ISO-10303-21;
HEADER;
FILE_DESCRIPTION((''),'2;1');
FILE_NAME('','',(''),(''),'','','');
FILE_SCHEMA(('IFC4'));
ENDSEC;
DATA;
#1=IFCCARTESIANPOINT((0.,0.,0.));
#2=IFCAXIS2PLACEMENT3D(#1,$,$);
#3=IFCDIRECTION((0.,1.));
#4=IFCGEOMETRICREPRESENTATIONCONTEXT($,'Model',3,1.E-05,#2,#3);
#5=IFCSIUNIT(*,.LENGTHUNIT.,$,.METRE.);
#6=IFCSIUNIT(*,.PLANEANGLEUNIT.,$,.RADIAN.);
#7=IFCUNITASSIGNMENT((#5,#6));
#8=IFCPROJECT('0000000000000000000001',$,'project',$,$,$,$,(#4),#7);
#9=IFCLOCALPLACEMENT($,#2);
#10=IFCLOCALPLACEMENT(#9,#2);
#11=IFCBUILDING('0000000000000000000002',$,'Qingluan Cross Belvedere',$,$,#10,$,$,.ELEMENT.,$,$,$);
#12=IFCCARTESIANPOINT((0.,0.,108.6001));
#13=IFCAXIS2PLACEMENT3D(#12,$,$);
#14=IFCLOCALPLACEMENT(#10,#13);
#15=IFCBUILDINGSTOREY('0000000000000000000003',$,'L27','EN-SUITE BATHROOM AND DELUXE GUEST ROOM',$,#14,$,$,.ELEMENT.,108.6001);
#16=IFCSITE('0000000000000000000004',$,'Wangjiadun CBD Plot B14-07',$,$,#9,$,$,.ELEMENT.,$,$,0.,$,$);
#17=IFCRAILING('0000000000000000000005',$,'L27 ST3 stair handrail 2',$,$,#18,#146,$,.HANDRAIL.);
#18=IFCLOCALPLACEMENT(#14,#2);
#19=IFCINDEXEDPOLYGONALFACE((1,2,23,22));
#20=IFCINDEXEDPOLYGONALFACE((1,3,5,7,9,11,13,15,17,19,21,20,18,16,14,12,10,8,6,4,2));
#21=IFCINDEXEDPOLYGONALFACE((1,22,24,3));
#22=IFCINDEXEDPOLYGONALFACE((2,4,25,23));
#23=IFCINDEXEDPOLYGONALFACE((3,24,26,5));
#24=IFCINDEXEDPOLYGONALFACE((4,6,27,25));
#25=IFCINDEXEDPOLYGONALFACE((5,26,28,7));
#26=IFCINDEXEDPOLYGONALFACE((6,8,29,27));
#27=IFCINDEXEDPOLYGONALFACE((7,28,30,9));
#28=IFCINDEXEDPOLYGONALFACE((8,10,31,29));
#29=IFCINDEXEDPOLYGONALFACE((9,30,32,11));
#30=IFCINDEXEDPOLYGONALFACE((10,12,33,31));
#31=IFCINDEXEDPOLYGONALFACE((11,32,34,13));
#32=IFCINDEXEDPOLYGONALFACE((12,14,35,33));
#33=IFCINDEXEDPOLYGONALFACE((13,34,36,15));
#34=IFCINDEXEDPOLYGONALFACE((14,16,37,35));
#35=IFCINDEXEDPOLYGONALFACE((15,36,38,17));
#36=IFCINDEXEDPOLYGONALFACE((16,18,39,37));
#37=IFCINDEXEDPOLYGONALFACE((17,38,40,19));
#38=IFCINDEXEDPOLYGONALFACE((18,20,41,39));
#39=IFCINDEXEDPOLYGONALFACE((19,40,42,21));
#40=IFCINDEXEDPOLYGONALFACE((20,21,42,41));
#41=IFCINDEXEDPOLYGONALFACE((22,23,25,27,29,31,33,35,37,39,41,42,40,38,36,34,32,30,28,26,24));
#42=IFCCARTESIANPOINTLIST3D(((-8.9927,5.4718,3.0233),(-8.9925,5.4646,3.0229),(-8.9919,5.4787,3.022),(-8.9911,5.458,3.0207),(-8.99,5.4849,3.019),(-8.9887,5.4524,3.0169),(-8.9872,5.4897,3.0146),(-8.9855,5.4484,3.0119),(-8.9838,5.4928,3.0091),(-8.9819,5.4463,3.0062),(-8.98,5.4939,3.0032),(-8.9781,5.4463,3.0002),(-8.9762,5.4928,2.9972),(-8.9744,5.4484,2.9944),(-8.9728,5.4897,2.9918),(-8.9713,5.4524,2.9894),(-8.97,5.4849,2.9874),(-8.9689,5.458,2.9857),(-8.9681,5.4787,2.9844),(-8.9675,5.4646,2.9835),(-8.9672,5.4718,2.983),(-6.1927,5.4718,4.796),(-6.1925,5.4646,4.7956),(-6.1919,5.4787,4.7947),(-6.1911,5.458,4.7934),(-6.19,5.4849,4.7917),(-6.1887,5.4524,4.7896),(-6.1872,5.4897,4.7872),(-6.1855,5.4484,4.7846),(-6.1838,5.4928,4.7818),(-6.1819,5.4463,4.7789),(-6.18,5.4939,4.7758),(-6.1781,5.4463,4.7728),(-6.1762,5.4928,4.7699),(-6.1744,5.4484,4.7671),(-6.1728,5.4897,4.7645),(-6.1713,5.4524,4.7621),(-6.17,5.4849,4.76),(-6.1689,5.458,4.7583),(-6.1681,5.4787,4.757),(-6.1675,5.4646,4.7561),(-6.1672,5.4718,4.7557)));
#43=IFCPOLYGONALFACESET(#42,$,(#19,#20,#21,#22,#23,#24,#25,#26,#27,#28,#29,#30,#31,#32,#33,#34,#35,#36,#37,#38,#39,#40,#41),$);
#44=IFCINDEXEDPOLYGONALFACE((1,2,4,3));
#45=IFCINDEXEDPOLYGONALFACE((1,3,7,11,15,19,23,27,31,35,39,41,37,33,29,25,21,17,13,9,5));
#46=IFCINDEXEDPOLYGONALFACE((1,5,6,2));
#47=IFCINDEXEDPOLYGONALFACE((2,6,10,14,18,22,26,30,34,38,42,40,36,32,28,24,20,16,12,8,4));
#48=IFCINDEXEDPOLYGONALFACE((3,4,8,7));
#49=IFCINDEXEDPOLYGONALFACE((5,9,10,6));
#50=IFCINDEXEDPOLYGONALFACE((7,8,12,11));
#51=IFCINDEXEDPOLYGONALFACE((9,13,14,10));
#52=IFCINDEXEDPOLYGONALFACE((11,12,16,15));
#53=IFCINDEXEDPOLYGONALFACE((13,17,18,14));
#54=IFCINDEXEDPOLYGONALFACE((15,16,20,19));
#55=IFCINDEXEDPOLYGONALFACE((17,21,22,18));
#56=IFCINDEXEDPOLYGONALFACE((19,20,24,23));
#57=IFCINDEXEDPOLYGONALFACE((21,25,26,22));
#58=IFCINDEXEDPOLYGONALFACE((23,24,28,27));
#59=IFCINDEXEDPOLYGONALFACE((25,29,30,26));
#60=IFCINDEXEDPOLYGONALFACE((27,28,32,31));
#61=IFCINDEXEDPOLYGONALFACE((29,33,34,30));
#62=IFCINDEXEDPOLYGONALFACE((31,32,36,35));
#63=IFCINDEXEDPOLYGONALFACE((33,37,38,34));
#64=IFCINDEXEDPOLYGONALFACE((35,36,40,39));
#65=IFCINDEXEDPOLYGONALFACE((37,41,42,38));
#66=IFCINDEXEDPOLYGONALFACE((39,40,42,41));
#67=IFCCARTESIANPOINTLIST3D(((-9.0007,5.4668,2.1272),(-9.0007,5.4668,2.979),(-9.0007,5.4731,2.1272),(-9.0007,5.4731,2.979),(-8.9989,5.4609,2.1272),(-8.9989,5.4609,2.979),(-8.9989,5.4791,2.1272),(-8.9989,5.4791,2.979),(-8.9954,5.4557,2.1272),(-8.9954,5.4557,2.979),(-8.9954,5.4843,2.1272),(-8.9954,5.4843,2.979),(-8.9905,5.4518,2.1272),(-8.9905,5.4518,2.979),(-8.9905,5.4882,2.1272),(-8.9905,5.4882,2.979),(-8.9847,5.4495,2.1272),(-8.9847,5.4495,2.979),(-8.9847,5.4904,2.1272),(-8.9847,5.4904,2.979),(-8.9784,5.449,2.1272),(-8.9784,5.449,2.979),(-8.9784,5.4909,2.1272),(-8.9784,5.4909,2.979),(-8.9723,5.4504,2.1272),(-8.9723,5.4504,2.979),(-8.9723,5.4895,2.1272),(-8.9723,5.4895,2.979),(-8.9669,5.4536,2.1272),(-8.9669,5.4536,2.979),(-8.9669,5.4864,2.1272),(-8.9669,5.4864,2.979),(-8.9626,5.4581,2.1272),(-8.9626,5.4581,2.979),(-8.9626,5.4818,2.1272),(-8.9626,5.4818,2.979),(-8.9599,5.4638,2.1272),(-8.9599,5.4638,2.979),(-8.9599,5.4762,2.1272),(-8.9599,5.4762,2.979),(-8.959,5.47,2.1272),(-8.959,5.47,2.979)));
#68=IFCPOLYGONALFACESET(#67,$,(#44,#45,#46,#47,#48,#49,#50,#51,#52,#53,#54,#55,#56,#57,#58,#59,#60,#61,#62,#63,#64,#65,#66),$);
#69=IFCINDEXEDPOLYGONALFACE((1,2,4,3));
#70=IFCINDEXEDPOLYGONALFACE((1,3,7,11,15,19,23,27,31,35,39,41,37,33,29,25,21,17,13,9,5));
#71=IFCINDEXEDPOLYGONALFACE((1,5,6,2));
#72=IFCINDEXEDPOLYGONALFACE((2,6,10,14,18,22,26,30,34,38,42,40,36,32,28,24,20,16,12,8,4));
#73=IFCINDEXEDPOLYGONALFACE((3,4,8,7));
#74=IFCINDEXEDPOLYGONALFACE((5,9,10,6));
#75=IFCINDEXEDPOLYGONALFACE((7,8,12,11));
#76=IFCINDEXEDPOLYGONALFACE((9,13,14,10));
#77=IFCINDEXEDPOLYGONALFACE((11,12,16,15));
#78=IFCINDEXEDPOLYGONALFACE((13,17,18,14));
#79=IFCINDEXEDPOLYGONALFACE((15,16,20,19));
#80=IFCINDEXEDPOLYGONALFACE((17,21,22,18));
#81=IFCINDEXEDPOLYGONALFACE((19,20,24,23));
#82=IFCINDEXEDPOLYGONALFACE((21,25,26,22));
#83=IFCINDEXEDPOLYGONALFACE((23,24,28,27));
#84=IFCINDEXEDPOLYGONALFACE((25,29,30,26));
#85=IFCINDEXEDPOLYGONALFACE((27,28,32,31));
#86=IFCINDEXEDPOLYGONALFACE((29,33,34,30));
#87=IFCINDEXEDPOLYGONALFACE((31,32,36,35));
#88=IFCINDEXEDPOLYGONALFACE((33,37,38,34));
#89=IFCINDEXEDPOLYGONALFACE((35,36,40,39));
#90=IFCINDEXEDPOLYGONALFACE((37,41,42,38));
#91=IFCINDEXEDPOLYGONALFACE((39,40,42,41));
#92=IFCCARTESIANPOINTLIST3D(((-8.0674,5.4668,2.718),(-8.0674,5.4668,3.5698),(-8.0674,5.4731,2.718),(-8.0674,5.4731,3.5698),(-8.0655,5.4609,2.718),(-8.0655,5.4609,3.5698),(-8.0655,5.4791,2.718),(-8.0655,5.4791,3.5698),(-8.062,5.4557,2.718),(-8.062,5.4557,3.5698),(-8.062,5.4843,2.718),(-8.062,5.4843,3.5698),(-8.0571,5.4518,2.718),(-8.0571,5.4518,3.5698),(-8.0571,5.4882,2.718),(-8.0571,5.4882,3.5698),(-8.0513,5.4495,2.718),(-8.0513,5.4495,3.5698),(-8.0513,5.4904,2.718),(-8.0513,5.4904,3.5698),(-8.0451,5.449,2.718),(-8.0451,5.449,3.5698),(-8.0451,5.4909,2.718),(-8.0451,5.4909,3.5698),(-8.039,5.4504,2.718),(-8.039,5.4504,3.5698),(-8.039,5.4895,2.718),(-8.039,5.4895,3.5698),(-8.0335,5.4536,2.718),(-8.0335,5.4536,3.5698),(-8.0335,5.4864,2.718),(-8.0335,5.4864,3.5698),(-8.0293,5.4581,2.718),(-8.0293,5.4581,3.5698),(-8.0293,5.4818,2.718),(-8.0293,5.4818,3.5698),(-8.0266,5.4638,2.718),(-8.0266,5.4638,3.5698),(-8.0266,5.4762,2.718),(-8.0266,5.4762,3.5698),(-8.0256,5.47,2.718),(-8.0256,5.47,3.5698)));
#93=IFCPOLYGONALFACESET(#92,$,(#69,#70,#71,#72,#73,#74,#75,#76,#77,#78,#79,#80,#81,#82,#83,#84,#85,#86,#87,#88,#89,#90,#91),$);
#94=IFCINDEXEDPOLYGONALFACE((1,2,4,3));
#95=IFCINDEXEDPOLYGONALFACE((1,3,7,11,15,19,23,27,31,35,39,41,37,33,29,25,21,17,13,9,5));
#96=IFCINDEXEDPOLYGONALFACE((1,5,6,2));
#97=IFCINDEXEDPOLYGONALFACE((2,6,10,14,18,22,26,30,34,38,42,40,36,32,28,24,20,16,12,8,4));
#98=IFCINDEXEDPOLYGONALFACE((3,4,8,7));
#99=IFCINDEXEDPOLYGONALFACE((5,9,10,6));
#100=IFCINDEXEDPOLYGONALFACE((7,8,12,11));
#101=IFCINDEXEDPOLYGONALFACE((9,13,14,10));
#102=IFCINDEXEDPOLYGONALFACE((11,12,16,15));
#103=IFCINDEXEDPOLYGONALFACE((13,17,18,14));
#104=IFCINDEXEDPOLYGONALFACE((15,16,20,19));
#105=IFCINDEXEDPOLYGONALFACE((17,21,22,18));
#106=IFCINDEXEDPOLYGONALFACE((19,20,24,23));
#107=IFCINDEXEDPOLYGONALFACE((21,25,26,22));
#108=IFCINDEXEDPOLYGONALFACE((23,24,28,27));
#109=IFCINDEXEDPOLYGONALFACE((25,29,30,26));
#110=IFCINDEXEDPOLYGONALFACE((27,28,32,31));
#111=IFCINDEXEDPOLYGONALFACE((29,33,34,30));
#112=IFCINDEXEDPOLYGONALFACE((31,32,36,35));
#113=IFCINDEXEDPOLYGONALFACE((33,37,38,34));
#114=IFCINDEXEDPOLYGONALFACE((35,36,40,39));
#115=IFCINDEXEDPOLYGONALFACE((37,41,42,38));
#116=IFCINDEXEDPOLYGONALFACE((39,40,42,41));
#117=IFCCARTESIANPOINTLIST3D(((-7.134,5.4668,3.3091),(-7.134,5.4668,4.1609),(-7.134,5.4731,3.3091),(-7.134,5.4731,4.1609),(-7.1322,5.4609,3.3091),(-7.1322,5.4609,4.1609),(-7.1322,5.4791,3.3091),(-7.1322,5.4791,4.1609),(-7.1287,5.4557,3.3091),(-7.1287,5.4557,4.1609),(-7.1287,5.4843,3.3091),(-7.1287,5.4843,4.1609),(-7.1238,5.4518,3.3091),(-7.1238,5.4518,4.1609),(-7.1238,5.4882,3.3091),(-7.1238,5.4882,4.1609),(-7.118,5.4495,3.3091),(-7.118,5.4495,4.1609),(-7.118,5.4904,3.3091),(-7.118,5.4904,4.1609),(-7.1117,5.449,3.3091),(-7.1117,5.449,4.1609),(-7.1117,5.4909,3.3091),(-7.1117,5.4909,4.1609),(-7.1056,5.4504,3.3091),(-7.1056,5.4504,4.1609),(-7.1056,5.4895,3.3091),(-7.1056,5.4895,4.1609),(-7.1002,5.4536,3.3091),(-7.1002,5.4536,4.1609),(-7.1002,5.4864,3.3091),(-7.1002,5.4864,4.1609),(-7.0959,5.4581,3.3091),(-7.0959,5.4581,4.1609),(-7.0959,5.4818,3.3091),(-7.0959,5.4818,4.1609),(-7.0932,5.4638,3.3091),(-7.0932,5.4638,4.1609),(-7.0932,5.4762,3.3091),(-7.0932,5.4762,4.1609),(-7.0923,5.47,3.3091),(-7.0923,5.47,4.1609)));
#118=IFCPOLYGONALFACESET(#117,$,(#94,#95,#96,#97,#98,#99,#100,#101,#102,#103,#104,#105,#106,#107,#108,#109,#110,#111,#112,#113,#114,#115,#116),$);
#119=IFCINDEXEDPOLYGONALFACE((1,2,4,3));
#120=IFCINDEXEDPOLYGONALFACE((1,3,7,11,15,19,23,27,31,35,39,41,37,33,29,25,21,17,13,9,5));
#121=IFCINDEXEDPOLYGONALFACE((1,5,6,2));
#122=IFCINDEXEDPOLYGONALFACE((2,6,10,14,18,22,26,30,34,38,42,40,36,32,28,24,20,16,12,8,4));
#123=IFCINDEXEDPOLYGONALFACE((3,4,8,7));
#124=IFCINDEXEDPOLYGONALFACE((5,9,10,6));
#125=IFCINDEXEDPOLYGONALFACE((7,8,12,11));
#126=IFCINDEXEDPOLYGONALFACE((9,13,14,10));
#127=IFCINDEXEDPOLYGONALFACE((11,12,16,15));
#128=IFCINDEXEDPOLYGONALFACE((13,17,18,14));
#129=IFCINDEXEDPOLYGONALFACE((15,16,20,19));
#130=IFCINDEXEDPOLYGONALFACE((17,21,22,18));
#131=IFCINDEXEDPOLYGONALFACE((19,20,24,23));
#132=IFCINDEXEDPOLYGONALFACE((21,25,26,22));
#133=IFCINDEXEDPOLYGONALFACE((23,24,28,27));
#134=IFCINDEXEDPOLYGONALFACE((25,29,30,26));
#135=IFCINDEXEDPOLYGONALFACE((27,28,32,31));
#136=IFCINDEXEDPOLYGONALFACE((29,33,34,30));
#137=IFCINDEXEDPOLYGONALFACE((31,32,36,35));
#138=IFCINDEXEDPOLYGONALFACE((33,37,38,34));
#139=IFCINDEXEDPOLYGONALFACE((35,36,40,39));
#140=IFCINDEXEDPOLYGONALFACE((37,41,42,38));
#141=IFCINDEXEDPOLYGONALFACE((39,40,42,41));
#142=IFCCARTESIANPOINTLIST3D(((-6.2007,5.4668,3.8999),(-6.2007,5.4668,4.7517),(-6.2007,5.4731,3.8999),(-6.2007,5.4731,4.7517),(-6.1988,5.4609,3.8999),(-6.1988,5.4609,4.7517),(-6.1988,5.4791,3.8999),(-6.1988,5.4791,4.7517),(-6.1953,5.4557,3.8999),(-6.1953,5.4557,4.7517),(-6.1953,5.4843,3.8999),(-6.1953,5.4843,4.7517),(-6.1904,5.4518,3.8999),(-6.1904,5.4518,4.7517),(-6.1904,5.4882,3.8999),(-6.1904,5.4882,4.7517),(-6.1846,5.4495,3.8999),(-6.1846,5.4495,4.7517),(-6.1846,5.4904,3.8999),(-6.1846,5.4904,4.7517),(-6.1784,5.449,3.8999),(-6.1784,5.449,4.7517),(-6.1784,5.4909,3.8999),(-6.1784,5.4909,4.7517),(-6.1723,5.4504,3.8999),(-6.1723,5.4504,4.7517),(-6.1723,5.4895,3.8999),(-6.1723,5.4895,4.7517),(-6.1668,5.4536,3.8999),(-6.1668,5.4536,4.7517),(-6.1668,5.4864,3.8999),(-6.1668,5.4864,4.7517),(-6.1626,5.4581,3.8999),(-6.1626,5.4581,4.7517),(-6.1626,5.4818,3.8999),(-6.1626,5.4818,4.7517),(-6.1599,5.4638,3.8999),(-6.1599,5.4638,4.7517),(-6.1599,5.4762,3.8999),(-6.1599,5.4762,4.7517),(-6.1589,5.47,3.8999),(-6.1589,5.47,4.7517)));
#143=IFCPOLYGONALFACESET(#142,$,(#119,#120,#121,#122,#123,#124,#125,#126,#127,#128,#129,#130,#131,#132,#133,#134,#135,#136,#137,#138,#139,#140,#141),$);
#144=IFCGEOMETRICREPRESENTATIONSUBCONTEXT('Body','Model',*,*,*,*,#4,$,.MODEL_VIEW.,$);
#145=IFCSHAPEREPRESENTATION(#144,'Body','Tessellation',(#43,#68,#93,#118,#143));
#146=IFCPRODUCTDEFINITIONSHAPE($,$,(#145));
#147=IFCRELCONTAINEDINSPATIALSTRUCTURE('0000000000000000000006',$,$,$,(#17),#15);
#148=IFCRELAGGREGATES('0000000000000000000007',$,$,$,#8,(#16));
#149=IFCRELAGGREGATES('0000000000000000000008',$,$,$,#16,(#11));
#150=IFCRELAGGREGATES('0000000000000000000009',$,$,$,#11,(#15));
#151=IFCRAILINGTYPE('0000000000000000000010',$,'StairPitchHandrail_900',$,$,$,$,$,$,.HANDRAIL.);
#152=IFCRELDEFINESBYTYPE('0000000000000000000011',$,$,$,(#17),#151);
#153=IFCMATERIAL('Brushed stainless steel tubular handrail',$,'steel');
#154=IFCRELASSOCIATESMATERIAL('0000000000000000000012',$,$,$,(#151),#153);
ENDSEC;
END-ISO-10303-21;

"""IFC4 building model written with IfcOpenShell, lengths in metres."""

from ifc_helpers import new_model, si_unit, direction, frame, origin, origin_2d, place, context, subcontext, project, spatial, circle, extrude, material, type_object, element, save


model = new_model("IFC4")

# Units and contexts
model_context = context("Model", 3, precision=1e-05, world=origin(), true_north=direction((0.0, 1.0)))
body_context = subcontext(model_context, "Body", "Model", "MODEL_VIEW")
ifc_project = project(units=[si_unit("LENGTHUNIT", "METRE"), si_unit("PLANEANGLEUNIT", "RADIAN")], contexts=[model_context])

# Site, building, storey
site_placement = place(None, origin())
site = spatial("IfcSite", under=ifc_project, at=site_placement, Name="Wangjiadun CBD Plot B14-07", CompositionType="ELEMENT", RefElevation=0.0)
building_placement = place(site_placement, origin())
building = spatial("IfcBuilding", under=site, at=building_placement, Name="Qingluan Cross Belvedere", CompositionType="ELEMENT")
storey_placement = place(building_placement, frame((0.0, 0.0, 108.6001)))
storey = spatial("IfcBuildingStorey", under=building, at=storey_placement, Name="L27", Description="EN-SUITE BATHROOM AND DELUXE GUEST ROOM", CompositionType="ELEMENT", Elevation=108.6001)

# Railing
ifc_material_1 = material(Name="Brushed stainless steel tubular handrail", Category="steel")
railing_type_1 = type_object("IfcRailingType", Name="StairPitchHandrail_900", PredefinedType="HANDRAIL", material=ifc_material_1)
railing_1_placement = place(storey_placement, frame((-8.98, 5.47, 2.1272)))
element("IfcRailing", 1, at=railing_1_placement, inside=storey, type_object=railing_type_1, Name="L27 ST3 stair handrail 2", PredefinedType="HANDRAIL", context=body_context, shape_type="SweptSolid", body=[
    extrude(circle(Radius=0.0239, at=origin_2d()), frame((0.0, 0.0, 0.876), z_axis=(0.844909, 0.0, 0.53491), x_axis=(0.0, 1.0, 0.0)), (0.0, 0.0, 1.0), 3.314),
    extrude(circle(Radius=0.021, at=origin_2d()), origin(), (0.0, 0.0, 1.0), 0.8518),
    extrude(circle(Radius=0.021, at=origin_2d()), frame((0.9333, 0.0, 0.5908)), (0.0, 0.0, 1.0), 0.8518),
    extrude(circle(Radius=0.021, at=origin_2d()), frame((1.8667, 0.0, 1.1819)), (0.0, 0.0, 1.0), 0.8518),
    extrude(circle(Radius=0.021, at=origin_2d()), frame((2.8, 0.0, 1.7727)), (0.0, 0.0, 1.0), 0.8518),
])

save(model, "model.ifc")
